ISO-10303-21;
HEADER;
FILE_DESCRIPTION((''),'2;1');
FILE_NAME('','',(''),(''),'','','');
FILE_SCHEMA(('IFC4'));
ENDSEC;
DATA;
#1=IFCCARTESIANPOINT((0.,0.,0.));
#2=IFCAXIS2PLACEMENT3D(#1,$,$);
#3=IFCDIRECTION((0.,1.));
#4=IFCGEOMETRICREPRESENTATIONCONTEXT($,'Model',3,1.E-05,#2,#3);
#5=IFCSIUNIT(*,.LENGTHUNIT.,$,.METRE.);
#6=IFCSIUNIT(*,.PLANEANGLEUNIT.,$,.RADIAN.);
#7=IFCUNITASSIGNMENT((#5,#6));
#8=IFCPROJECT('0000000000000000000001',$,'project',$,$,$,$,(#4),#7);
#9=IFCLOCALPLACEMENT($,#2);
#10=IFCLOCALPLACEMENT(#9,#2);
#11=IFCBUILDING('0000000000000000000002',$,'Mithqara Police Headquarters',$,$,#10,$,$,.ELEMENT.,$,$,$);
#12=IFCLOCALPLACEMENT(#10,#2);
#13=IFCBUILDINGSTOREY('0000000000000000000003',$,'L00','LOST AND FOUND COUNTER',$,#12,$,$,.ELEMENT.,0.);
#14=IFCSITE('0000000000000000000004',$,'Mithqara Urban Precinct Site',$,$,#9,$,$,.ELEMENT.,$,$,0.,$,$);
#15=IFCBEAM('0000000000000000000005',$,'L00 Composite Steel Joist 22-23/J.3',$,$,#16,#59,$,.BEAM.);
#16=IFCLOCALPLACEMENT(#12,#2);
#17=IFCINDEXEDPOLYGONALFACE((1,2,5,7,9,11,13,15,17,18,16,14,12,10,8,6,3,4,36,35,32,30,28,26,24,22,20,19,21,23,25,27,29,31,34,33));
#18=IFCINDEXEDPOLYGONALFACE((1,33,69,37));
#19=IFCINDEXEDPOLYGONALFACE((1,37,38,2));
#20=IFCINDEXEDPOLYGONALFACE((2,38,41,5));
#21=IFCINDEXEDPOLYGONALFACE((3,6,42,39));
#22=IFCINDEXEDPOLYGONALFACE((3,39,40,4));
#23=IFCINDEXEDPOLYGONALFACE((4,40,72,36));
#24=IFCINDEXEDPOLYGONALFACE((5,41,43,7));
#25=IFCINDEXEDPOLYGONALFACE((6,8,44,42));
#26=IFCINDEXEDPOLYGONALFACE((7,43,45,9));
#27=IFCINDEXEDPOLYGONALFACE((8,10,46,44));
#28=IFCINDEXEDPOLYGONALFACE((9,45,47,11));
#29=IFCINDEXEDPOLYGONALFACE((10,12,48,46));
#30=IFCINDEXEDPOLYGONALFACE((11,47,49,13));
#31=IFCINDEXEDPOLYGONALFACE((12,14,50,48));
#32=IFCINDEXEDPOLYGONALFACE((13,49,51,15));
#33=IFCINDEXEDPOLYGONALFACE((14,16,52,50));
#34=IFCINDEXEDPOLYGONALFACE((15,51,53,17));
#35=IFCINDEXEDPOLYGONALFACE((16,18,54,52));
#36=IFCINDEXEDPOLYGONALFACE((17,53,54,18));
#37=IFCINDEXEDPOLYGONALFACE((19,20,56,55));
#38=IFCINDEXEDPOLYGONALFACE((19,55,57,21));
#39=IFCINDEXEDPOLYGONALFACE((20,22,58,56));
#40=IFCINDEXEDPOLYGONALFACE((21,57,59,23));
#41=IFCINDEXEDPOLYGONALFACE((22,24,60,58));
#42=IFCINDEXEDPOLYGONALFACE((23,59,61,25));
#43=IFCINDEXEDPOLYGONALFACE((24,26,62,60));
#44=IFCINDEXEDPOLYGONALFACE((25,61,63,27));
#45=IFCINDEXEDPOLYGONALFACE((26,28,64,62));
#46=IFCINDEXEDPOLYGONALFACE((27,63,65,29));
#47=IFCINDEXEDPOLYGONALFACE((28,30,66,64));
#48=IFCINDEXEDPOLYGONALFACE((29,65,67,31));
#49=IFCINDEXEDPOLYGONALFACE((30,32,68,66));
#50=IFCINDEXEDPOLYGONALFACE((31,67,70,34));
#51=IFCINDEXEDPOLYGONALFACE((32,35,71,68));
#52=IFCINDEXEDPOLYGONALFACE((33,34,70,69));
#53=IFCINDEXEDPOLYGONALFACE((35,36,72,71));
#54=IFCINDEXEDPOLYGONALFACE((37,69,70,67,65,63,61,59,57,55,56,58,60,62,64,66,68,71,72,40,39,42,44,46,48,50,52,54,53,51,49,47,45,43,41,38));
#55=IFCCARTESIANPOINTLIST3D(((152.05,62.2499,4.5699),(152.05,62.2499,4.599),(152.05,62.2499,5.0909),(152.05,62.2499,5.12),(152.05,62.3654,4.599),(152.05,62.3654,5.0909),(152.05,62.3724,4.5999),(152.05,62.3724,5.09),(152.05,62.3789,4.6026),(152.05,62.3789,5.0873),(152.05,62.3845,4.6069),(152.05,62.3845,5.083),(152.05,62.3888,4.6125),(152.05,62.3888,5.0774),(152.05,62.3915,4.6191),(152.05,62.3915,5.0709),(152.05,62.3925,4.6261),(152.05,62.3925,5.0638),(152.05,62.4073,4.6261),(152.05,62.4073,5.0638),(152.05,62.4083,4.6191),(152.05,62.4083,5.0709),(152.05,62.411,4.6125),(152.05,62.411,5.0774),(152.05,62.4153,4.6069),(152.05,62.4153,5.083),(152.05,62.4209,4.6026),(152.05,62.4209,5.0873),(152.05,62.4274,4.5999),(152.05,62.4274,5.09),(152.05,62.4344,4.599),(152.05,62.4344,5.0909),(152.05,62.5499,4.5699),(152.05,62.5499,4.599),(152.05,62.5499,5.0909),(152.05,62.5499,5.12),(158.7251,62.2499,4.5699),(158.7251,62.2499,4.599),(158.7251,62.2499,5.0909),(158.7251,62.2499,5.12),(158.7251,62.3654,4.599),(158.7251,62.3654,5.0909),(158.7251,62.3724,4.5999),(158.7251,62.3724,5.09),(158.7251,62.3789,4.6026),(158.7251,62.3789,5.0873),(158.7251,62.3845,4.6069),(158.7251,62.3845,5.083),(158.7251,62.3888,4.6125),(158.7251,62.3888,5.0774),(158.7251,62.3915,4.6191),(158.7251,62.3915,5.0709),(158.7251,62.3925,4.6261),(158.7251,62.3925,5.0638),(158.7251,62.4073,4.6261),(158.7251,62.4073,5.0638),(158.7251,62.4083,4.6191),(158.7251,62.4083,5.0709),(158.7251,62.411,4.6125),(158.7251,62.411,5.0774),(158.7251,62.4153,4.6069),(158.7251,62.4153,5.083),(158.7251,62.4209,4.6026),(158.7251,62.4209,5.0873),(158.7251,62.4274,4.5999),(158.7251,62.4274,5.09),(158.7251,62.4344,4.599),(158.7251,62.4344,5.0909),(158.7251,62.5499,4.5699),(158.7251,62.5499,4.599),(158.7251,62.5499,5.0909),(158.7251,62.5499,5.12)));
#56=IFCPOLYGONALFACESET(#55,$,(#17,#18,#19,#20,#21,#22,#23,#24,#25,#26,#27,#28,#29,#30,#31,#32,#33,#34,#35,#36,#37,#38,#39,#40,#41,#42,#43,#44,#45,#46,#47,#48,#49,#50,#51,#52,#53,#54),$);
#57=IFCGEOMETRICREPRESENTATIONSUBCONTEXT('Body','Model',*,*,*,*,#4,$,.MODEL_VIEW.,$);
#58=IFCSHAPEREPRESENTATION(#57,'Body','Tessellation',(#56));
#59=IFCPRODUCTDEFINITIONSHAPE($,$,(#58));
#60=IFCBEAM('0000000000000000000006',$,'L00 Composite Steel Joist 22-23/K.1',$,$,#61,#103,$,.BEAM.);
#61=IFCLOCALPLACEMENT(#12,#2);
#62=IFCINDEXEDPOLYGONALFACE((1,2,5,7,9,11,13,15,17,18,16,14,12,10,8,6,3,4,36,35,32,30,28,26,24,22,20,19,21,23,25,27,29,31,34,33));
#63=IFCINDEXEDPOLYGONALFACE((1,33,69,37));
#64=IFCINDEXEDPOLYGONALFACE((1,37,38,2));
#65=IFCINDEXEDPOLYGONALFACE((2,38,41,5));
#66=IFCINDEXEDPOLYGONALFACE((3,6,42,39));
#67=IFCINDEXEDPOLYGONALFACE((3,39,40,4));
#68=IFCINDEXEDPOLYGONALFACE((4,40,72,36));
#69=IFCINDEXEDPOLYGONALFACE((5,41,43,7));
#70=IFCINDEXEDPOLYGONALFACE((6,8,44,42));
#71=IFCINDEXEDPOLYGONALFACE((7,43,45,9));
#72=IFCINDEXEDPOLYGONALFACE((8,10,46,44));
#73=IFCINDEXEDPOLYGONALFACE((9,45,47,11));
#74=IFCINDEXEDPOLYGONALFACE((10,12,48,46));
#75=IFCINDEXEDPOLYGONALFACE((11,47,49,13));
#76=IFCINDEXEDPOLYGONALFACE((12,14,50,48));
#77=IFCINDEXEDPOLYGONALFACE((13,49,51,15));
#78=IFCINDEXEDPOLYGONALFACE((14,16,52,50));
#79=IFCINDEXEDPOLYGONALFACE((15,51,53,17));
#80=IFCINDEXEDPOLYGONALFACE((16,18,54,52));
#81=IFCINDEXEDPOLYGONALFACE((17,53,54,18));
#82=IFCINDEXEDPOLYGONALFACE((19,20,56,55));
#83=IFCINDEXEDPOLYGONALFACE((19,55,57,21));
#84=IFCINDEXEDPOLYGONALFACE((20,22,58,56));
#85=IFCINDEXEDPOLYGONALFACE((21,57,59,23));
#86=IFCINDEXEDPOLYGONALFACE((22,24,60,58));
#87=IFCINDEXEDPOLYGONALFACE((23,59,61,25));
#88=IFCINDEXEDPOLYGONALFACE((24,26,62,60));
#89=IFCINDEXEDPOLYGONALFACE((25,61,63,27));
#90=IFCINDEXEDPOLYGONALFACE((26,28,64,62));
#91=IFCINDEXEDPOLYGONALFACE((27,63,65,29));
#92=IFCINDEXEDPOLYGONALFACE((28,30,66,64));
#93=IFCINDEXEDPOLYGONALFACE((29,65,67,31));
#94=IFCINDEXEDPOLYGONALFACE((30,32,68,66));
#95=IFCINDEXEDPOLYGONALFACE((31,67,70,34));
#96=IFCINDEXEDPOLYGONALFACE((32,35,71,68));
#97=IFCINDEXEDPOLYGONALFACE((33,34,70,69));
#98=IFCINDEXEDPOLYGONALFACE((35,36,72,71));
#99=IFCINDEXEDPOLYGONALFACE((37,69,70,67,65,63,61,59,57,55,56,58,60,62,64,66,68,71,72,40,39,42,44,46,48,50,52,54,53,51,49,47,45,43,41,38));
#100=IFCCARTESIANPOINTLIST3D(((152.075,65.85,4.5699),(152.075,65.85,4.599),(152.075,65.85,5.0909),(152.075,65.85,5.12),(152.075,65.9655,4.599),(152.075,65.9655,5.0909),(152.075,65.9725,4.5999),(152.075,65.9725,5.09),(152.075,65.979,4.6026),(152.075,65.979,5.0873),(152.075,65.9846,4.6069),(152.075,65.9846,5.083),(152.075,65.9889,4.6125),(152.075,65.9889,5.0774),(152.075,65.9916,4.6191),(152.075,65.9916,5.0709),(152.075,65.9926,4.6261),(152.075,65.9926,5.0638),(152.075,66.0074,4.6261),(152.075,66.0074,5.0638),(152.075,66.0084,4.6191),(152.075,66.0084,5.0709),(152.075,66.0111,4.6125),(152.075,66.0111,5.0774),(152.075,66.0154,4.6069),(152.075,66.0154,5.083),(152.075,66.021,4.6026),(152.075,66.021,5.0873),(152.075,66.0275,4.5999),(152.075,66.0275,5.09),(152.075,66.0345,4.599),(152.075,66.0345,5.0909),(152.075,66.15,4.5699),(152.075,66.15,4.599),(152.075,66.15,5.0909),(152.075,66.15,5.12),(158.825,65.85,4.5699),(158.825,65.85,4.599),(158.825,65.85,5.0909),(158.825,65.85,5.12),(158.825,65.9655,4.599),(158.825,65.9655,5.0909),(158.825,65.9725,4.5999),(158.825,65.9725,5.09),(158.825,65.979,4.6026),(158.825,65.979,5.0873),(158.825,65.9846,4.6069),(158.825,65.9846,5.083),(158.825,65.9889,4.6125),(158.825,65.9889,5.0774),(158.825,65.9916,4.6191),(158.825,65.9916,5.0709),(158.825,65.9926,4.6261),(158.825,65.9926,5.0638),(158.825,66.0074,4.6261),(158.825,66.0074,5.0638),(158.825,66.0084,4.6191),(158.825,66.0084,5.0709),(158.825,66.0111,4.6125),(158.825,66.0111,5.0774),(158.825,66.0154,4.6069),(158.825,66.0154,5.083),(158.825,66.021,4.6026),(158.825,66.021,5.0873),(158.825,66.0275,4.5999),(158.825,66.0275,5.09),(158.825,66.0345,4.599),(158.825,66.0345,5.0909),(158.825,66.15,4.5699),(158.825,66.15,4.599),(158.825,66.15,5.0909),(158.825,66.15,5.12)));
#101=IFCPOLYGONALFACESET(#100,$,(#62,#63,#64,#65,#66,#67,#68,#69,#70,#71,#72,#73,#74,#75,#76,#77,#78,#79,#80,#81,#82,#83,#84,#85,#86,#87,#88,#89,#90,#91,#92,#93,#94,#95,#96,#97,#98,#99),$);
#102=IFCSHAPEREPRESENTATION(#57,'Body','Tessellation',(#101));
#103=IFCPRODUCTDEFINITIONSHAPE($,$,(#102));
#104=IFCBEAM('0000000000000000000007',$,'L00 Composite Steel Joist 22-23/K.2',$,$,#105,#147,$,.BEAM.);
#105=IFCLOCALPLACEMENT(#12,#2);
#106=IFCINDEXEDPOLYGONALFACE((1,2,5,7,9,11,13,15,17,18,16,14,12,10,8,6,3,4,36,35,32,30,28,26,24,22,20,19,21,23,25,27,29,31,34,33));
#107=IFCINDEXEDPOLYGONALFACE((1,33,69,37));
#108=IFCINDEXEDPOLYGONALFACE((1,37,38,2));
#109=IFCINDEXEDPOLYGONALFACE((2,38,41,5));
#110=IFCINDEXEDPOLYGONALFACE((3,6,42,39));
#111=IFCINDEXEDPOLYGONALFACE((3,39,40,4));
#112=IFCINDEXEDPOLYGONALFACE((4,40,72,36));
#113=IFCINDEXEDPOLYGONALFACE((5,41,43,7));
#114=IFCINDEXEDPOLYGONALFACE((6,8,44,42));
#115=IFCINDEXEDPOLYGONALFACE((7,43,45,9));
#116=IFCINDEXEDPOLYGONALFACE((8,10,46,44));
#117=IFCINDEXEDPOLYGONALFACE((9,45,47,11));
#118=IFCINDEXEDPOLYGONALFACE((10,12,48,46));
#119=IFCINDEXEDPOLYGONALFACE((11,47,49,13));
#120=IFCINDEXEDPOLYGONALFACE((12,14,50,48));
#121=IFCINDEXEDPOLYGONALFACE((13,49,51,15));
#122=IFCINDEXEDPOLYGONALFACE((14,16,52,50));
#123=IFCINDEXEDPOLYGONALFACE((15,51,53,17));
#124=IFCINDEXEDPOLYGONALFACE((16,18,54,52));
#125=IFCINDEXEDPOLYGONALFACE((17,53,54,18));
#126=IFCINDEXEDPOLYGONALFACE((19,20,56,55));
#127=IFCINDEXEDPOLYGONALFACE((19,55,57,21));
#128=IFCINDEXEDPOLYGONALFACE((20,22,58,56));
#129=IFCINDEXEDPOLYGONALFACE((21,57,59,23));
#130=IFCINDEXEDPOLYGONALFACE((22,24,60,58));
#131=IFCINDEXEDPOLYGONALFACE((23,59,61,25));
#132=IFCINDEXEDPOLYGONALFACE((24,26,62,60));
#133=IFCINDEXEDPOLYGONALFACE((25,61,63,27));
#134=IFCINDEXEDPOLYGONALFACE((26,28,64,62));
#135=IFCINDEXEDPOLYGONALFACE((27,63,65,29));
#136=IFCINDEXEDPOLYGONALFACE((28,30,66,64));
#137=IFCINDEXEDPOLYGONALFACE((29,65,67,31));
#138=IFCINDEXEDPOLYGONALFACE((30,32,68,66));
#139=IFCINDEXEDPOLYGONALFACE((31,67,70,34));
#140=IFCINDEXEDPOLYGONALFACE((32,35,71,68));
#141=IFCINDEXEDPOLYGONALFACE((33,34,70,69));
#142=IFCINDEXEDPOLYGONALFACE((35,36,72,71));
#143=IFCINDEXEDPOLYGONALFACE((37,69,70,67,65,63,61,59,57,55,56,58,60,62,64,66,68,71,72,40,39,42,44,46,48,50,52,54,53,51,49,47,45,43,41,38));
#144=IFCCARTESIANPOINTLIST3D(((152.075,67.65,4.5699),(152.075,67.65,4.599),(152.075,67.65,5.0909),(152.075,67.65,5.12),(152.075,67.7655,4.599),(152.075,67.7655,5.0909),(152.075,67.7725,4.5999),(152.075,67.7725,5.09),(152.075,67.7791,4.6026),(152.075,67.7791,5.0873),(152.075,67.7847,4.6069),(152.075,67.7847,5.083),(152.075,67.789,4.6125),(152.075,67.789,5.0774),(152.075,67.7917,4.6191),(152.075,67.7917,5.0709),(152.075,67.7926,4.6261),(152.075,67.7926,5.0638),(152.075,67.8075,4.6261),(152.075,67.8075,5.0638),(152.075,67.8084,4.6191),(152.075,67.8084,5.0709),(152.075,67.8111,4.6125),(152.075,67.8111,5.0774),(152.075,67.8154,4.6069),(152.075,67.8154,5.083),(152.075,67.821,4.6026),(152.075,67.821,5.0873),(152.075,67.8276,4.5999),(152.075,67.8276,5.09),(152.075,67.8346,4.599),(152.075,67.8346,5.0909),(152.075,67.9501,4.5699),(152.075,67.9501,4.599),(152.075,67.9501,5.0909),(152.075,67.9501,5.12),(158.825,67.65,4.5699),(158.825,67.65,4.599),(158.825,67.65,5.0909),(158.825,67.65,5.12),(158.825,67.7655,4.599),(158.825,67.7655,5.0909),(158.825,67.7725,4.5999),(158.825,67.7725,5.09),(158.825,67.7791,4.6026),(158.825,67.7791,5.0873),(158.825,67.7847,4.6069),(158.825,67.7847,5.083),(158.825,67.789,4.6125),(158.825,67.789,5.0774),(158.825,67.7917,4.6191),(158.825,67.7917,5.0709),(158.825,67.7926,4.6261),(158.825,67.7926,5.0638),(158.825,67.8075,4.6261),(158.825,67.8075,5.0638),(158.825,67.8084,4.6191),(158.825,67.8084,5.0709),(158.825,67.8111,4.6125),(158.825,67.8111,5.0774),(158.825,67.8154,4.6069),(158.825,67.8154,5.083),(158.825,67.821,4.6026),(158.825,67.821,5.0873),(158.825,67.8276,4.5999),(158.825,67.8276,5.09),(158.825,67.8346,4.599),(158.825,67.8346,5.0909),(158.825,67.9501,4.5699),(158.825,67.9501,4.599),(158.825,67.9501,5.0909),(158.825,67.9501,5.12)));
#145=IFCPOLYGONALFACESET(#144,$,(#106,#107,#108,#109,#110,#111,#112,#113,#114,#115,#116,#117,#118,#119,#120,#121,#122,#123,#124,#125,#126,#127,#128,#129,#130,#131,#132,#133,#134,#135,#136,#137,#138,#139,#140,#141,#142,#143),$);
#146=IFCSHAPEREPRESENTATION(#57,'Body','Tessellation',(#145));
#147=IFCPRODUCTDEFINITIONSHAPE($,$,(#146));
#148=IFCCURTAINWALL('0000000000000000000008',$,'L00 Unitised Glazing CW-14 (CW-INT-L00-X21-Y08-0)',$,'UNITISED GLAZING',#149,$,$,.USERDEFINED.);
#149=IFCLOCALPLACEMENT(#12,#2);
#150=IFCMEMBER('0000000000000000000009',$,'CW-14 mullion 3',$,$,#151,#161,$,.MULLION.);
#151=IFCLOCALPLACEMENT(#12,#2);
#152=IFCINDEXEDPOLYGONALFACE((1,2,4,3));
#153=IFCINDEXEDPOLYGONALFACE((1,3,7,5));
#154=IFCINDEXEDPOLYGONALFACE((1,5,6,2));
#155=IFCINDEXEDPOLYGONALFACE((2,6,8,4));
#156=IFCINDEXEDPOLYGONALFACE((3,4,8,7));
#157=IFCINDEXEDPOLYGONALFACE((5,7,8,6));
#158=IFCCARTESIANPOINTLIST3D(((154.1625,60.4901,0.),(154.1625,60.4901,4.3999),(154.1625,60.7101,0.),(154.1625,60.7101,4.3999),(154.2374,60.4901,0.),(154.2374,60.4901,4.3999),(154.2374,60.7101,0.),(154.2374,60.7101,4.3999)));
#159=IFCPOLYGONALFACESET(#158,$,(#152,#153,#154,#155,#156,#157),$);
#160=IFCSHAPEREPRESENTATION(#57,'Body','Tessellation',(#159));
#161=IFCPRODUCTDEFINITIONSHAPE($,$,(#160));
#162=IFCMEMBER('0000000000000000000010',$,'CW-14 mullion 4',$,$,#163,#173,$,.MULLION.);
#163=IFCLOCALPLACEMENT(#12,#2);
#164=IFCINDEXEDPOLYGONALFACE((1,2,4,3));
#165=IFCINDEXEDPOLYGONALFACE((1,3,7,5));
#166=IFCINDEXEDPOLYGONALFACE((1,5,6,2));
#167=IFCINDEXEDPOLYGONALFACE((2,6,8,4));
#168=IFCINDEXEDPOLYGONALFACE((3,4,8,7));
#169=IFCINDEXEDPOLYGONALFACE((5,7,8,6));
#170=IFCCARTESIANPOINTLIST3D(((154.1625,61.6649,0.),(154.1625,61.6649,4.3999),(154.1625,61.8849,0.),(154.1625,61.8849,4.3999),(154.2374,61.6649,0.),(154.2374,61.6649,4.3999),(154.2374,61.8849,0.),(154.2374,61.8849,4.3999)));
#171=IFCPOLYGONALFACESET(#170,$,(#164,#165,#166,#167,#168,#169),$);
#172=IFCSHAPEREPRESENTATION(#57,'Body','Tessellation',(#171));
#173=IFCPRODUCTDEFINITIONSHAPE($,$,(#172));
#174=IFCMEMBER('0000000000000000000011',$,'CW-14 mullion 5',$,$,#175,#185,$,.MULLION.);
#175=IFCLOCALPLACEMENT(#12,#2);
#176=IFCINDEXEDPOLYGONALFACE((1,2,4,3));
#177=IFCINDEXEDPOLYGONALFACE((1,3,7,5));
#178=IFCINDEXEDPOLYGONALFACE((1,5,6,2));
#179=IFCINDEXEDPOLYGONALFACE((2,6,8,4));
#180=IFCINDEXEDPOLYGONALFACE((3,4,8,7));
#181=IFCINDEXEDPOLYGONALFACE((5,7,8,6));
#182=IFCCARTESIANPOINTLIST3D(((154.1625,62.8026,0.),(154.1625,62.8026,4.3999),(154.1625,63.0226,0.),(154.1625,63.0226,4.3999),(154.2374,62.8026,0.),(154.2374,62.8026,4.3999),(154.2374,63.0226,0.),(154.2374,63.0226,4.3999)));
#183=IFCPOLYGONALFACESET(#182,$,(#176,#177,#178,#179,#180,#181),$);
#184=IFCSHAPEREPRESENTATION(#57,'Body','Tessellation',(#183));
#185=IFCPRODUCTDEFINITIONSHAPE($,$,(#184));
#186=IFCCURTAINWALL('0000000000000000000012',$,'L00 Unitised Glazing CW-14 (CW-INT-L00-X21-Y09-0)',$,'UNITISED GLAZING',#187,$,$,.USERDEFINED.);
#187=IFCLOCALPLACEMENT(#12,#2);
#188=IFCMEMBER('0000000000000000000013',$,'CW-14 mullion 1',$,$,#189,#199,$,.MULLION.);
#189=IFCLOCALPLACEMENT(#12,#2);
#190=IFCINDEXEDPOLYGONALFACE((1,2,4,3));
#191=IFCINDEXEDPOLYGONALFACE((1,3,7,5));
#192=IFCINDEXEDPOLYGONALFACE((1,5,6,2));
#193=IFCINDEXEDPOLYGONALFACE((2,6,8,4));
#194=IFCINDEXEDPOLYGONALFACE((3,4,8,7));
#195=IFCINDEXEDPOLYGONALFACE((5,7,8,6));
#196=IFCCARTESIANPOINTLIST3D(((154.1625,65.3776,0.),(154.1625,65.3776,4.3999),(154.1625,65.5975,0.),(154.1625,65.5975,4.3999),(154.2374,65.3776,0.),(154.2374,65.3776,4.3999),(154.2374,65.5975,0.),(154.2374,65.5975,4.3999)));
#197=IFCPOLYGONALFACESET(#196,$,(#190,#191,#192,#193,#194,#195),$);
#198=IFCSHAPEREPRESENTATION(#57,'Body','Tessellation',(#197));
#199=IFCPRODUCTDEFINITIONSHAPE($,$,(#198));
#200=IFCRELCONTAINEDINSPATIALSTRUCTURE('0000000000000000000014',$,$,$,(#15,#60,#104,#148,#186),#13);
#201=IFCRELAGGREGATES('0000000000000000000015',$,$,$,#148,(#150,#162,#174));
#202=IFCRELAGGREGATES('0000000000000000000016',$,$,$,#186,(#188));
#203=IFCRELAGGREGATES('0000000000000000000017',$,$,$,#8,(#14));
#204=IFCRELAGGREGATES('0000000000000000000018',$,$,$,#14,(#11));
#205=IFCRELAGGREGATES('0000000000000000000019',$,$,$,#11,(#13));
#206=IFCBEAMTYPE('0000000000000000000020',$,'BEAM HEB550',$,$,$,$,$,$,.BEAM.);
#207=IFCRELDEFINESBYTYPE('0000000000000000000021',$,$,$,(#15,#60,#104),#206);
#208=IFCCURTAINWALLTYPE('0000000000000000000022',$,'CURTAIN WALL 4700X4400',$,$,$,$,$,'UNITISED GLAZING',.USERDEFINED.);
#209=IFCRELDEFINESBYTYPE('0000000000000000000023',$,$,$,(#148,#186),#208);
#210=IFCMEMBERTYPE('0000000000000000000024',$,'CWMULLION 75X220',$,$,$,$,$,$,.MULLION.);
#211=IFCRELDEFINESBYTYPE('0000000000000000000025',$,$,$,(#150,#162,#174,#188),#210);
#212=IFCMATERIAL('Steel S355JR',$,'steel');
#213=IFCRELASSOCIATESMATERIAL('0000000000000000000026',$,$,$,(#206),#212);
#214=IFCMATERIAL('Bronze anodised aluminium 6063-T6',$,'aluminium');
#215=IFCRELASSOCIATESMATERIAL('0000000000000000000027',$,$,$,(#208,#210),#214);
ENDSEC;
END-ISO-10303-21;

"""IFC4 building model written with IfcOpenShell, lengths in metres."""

from ifc_helpers import new_model, si_unit, direction, frame, origin, origin_2d, place, context, subcontext, project, spatial, rectangle, i_section, extrude, material, material_profile, profile_set, type_object, element, aggregate, save


model = new_model("IFC4")

# Units and contexts
model_context = context("Model", 3, precision=1e-05, world=origin(), true_north=direction((0.0, 1.0)))
body_context = subcontext(model_context, "Body", "Model", "MODEL_VIEW")
ifc_project = project(units=[si_unit("LENGTHUNIT", "METRE"), si_unit("PLANEANGLEUNIT", "RADIAN")], contexts=[model_context])

# Site, building, storey
site_placement = place(None, origin())
site = spatial("IfcSite", under=ifc_project, at=site_placement, Name="Mithqara Urban Precinct Site", CompositionType="ELEMENT", RefElevation=0.0)
building_placement = place(site_placement, origin())
building = spatial("IfcBuilding", under=site, at=building_placement, Name="Mithqara Police Headquarters", CompositionType="ELEMENT")
storey_placement = place(building_placement, origin())
storey = spatial("IfcBuildingStorey", under=building, at=storey_placement, Name="L00", Description="LOST AND FOUND COUNTER", CompositionType="ELEMENT", Elevation=0.0)

# Beams
ifc_material_1 = material(Name="Steel S355JR", Category="steel")
ifc_material_profile_1 = material_profile(ifc_material_1, i_section(OverallWidth=0.3, OverallDepth=0.55, WebThickness=0.0149, FlangeThickness=0.0291, FilletRadius=0.0271, at=origin_2d()), Name="HEB 550")
ifc_profile_set_1 = profile_set([ifc_material_profile_1], Name="Steel S355JR")
beam_type = type_object("IfcBeamType", Name="BEAM HEB550", PredefinedType="BEAM", material=ifc_profile_set_1)
beam_placement = place(storey_placement, frame((152.05, 62.3999, 4.845), z_axis=(1.0, 0.0, 0.0), x_axis=(0.0, 1.0, 0.0)))
element("IfcBeam", 1, at=beam_placement, inside=storey, type_object=beam_type, Name="L00 Composite Steel Joist 22-23/J.3", PredefinedType="BEAM", context=body_context, shape_type="SweptSolid", body=[
    extrude(i_section(OverallWidth=0.3, OverallDepth=0.55, WebThickness=0.0149, FlangeThickness=0.0291, FilletRadius=0.0271, at=origin_2d()), origin(), (0.0, 0.0, 1.0), 6.675),
])
for number, where, z_axis, x_axis, name in (
    (2, (152.075, 66.0, 4.845), (1.0, 0.0, 0.0), (0.0, 1.0, 0.0), "L00 Composite Steel Joist 22-23/K.1"),
    (3, (152.075, 67.8, 4.845), (1.0, 0.0, 0.0), (0.0, 1.0, 0.0), "L00 Composite Steel Joist 22-23/K.2"),
):
    element("IfcBeam", number, at=place(storey_placement, frame(where, z_axis=z_axis, x_axis=x_axis)), inside=storey, type_object=beam_type, Name=name, PredefinedType="BEAM", context=body_context, shape_type="SweptSolid", body=[
        extrude(i_section(OverallWidth=0.3, OverallDepth=0.55, WebThickness=0.0149, FlangeThickness=0.0291, FilletRadius=0.0271, at=origin_2d()), origin(), (0.0, 0.0, 1.0), 6.75),
    ])

# Curtain walls, members
ifc_material_2 = material(Name="Bronze anodised aluminium 6063-T6", Category="aluminium")
curtain_wall_type = type_object("IfcCurtainWallType", Name="CURTAIN WALL 4700X4400", ElementType="UNITISED GLAZING", PredefinedType="USERDEFINED", material=ifc_material_2)
curtain_wall_1_placement = place(storey_placement, origin())
curtain_wall_1 = element("IfcCurtainWall", 4, at=curtain_wall_1_placement, inside=storey, type_object=curtain_wall_type, Name="L00 Unitised Glazing CW-14 (CW-INT-L00-X21-Y08-0)", ObjectType="UNITISED GLAZING", PredefinedType="USERDEFINED")
ifc_material_profile_2 = material_profile(ifc_material_2, rectangle(XDim=0.075, YDim=0.22, at=origin_2d()), Name="CWM 75x220")
ifc_profile_set_2 = profile_set([ifc_material_profile_2], Name="Bronze anodised aluminium 6063-T6")
member_type_1 = type_object("IfcMemberType", Name="CWMULLION 75X220", PredefinedType="MULLION", material=ifc_profile_set_2)
member_1_placement = place(storey_placement, frame((154.2, 60.6001, 0.0), z_axis=(0.0, 0.0, 1.0), x_axis=(-1.0, 0.0, 0.0)))
member_1 = element("IfcMember", 5, at=member_1_placement, type_object=member_type_1, Name="CW-14 mullion 3", PredefinedType="MULLION", context=body_context, shape_type="SweptSolid", body=[
    extrude(rectangle(XDim=0.075, YDim=0.22, at=origin_2d()), origin(), (0.0, 0.0, 1.0), 4.3999),
])
member_2_placement = place(storey_placement, frame((154.2, 61.7749, 0.0), z_axis=(0.0, 0.0, 1.0), x_axis=(-1.0, 0.0, 0.0)))
member_2 = element("IfcMember", 6, at=member_2_placement, type_object=member_type_1, Name="CW-14 mullion 4", PredefinedType="MULLION", context=body_context, shape_type="SweptSolid", body=[
    extrude(rectangle(XDim=0.075, YDim=0.22, at=origin_2d()), origin(), (0.0, 0.0, 1.0), 4.3999),
])
member_3_placement = place(storey_placement, frame((154.2, 62.9126, 0.0), z_axis=(0.0, 0.0, 1.0), x_axis=(-1.0, 0.0, 0.0)))
member_3 = element("IfcMember", 7, at=member_3_placement, type_object=member_type_1, Name="CW-14 mullion 5", PredefinedType="MULLION", context=body_context, shape_type="SweptSolid", body=[
    extrude(rectangle(XDim=0.075, YDim=0.22, at=origin_2d()), origin(), (0.0, 0.0, 1.0), 4.3999),
])
curtain_wall_2_placement = place(storey_placement, origin())
curtain_wall_2 = element("IfcCurtainWall", 8, at=curtain_wall_2_placement, inside=storey, type_object=curtain_wall_type, Name="L00 Unitised Glazing CW-14 (CW-INT-L00-X21-Y09-0)", ObjectType="UNITISED GLAZING", PredefinedType="USERDEFINED")
member_4_placement = place(storey_placement, frame((154.2, 65.4875, 0.0), z_axis=(0.0, 0.0, 1.0), x_axis=(-1.0, 0.0, 0.0)))
member_4 = element("IfcMember", 9, at=member_4_placement, type_object=member_type_1, Name="CW-14 mullion 1", PredefinedType="MULLION", context=body_context, shape_type="SweptSolid", body=[
    extrude(rectangle(XDim=0.075, YDim=0.22, at=origin_2d()), origin(), (0.0, 0.0, 1.0), 4.3999),
])

aggregate(curtain_wall_1, [member_1, member_2, member_3])
aggregate(curtain_wall_2, [member_4])

save(model, "model.ifc")
